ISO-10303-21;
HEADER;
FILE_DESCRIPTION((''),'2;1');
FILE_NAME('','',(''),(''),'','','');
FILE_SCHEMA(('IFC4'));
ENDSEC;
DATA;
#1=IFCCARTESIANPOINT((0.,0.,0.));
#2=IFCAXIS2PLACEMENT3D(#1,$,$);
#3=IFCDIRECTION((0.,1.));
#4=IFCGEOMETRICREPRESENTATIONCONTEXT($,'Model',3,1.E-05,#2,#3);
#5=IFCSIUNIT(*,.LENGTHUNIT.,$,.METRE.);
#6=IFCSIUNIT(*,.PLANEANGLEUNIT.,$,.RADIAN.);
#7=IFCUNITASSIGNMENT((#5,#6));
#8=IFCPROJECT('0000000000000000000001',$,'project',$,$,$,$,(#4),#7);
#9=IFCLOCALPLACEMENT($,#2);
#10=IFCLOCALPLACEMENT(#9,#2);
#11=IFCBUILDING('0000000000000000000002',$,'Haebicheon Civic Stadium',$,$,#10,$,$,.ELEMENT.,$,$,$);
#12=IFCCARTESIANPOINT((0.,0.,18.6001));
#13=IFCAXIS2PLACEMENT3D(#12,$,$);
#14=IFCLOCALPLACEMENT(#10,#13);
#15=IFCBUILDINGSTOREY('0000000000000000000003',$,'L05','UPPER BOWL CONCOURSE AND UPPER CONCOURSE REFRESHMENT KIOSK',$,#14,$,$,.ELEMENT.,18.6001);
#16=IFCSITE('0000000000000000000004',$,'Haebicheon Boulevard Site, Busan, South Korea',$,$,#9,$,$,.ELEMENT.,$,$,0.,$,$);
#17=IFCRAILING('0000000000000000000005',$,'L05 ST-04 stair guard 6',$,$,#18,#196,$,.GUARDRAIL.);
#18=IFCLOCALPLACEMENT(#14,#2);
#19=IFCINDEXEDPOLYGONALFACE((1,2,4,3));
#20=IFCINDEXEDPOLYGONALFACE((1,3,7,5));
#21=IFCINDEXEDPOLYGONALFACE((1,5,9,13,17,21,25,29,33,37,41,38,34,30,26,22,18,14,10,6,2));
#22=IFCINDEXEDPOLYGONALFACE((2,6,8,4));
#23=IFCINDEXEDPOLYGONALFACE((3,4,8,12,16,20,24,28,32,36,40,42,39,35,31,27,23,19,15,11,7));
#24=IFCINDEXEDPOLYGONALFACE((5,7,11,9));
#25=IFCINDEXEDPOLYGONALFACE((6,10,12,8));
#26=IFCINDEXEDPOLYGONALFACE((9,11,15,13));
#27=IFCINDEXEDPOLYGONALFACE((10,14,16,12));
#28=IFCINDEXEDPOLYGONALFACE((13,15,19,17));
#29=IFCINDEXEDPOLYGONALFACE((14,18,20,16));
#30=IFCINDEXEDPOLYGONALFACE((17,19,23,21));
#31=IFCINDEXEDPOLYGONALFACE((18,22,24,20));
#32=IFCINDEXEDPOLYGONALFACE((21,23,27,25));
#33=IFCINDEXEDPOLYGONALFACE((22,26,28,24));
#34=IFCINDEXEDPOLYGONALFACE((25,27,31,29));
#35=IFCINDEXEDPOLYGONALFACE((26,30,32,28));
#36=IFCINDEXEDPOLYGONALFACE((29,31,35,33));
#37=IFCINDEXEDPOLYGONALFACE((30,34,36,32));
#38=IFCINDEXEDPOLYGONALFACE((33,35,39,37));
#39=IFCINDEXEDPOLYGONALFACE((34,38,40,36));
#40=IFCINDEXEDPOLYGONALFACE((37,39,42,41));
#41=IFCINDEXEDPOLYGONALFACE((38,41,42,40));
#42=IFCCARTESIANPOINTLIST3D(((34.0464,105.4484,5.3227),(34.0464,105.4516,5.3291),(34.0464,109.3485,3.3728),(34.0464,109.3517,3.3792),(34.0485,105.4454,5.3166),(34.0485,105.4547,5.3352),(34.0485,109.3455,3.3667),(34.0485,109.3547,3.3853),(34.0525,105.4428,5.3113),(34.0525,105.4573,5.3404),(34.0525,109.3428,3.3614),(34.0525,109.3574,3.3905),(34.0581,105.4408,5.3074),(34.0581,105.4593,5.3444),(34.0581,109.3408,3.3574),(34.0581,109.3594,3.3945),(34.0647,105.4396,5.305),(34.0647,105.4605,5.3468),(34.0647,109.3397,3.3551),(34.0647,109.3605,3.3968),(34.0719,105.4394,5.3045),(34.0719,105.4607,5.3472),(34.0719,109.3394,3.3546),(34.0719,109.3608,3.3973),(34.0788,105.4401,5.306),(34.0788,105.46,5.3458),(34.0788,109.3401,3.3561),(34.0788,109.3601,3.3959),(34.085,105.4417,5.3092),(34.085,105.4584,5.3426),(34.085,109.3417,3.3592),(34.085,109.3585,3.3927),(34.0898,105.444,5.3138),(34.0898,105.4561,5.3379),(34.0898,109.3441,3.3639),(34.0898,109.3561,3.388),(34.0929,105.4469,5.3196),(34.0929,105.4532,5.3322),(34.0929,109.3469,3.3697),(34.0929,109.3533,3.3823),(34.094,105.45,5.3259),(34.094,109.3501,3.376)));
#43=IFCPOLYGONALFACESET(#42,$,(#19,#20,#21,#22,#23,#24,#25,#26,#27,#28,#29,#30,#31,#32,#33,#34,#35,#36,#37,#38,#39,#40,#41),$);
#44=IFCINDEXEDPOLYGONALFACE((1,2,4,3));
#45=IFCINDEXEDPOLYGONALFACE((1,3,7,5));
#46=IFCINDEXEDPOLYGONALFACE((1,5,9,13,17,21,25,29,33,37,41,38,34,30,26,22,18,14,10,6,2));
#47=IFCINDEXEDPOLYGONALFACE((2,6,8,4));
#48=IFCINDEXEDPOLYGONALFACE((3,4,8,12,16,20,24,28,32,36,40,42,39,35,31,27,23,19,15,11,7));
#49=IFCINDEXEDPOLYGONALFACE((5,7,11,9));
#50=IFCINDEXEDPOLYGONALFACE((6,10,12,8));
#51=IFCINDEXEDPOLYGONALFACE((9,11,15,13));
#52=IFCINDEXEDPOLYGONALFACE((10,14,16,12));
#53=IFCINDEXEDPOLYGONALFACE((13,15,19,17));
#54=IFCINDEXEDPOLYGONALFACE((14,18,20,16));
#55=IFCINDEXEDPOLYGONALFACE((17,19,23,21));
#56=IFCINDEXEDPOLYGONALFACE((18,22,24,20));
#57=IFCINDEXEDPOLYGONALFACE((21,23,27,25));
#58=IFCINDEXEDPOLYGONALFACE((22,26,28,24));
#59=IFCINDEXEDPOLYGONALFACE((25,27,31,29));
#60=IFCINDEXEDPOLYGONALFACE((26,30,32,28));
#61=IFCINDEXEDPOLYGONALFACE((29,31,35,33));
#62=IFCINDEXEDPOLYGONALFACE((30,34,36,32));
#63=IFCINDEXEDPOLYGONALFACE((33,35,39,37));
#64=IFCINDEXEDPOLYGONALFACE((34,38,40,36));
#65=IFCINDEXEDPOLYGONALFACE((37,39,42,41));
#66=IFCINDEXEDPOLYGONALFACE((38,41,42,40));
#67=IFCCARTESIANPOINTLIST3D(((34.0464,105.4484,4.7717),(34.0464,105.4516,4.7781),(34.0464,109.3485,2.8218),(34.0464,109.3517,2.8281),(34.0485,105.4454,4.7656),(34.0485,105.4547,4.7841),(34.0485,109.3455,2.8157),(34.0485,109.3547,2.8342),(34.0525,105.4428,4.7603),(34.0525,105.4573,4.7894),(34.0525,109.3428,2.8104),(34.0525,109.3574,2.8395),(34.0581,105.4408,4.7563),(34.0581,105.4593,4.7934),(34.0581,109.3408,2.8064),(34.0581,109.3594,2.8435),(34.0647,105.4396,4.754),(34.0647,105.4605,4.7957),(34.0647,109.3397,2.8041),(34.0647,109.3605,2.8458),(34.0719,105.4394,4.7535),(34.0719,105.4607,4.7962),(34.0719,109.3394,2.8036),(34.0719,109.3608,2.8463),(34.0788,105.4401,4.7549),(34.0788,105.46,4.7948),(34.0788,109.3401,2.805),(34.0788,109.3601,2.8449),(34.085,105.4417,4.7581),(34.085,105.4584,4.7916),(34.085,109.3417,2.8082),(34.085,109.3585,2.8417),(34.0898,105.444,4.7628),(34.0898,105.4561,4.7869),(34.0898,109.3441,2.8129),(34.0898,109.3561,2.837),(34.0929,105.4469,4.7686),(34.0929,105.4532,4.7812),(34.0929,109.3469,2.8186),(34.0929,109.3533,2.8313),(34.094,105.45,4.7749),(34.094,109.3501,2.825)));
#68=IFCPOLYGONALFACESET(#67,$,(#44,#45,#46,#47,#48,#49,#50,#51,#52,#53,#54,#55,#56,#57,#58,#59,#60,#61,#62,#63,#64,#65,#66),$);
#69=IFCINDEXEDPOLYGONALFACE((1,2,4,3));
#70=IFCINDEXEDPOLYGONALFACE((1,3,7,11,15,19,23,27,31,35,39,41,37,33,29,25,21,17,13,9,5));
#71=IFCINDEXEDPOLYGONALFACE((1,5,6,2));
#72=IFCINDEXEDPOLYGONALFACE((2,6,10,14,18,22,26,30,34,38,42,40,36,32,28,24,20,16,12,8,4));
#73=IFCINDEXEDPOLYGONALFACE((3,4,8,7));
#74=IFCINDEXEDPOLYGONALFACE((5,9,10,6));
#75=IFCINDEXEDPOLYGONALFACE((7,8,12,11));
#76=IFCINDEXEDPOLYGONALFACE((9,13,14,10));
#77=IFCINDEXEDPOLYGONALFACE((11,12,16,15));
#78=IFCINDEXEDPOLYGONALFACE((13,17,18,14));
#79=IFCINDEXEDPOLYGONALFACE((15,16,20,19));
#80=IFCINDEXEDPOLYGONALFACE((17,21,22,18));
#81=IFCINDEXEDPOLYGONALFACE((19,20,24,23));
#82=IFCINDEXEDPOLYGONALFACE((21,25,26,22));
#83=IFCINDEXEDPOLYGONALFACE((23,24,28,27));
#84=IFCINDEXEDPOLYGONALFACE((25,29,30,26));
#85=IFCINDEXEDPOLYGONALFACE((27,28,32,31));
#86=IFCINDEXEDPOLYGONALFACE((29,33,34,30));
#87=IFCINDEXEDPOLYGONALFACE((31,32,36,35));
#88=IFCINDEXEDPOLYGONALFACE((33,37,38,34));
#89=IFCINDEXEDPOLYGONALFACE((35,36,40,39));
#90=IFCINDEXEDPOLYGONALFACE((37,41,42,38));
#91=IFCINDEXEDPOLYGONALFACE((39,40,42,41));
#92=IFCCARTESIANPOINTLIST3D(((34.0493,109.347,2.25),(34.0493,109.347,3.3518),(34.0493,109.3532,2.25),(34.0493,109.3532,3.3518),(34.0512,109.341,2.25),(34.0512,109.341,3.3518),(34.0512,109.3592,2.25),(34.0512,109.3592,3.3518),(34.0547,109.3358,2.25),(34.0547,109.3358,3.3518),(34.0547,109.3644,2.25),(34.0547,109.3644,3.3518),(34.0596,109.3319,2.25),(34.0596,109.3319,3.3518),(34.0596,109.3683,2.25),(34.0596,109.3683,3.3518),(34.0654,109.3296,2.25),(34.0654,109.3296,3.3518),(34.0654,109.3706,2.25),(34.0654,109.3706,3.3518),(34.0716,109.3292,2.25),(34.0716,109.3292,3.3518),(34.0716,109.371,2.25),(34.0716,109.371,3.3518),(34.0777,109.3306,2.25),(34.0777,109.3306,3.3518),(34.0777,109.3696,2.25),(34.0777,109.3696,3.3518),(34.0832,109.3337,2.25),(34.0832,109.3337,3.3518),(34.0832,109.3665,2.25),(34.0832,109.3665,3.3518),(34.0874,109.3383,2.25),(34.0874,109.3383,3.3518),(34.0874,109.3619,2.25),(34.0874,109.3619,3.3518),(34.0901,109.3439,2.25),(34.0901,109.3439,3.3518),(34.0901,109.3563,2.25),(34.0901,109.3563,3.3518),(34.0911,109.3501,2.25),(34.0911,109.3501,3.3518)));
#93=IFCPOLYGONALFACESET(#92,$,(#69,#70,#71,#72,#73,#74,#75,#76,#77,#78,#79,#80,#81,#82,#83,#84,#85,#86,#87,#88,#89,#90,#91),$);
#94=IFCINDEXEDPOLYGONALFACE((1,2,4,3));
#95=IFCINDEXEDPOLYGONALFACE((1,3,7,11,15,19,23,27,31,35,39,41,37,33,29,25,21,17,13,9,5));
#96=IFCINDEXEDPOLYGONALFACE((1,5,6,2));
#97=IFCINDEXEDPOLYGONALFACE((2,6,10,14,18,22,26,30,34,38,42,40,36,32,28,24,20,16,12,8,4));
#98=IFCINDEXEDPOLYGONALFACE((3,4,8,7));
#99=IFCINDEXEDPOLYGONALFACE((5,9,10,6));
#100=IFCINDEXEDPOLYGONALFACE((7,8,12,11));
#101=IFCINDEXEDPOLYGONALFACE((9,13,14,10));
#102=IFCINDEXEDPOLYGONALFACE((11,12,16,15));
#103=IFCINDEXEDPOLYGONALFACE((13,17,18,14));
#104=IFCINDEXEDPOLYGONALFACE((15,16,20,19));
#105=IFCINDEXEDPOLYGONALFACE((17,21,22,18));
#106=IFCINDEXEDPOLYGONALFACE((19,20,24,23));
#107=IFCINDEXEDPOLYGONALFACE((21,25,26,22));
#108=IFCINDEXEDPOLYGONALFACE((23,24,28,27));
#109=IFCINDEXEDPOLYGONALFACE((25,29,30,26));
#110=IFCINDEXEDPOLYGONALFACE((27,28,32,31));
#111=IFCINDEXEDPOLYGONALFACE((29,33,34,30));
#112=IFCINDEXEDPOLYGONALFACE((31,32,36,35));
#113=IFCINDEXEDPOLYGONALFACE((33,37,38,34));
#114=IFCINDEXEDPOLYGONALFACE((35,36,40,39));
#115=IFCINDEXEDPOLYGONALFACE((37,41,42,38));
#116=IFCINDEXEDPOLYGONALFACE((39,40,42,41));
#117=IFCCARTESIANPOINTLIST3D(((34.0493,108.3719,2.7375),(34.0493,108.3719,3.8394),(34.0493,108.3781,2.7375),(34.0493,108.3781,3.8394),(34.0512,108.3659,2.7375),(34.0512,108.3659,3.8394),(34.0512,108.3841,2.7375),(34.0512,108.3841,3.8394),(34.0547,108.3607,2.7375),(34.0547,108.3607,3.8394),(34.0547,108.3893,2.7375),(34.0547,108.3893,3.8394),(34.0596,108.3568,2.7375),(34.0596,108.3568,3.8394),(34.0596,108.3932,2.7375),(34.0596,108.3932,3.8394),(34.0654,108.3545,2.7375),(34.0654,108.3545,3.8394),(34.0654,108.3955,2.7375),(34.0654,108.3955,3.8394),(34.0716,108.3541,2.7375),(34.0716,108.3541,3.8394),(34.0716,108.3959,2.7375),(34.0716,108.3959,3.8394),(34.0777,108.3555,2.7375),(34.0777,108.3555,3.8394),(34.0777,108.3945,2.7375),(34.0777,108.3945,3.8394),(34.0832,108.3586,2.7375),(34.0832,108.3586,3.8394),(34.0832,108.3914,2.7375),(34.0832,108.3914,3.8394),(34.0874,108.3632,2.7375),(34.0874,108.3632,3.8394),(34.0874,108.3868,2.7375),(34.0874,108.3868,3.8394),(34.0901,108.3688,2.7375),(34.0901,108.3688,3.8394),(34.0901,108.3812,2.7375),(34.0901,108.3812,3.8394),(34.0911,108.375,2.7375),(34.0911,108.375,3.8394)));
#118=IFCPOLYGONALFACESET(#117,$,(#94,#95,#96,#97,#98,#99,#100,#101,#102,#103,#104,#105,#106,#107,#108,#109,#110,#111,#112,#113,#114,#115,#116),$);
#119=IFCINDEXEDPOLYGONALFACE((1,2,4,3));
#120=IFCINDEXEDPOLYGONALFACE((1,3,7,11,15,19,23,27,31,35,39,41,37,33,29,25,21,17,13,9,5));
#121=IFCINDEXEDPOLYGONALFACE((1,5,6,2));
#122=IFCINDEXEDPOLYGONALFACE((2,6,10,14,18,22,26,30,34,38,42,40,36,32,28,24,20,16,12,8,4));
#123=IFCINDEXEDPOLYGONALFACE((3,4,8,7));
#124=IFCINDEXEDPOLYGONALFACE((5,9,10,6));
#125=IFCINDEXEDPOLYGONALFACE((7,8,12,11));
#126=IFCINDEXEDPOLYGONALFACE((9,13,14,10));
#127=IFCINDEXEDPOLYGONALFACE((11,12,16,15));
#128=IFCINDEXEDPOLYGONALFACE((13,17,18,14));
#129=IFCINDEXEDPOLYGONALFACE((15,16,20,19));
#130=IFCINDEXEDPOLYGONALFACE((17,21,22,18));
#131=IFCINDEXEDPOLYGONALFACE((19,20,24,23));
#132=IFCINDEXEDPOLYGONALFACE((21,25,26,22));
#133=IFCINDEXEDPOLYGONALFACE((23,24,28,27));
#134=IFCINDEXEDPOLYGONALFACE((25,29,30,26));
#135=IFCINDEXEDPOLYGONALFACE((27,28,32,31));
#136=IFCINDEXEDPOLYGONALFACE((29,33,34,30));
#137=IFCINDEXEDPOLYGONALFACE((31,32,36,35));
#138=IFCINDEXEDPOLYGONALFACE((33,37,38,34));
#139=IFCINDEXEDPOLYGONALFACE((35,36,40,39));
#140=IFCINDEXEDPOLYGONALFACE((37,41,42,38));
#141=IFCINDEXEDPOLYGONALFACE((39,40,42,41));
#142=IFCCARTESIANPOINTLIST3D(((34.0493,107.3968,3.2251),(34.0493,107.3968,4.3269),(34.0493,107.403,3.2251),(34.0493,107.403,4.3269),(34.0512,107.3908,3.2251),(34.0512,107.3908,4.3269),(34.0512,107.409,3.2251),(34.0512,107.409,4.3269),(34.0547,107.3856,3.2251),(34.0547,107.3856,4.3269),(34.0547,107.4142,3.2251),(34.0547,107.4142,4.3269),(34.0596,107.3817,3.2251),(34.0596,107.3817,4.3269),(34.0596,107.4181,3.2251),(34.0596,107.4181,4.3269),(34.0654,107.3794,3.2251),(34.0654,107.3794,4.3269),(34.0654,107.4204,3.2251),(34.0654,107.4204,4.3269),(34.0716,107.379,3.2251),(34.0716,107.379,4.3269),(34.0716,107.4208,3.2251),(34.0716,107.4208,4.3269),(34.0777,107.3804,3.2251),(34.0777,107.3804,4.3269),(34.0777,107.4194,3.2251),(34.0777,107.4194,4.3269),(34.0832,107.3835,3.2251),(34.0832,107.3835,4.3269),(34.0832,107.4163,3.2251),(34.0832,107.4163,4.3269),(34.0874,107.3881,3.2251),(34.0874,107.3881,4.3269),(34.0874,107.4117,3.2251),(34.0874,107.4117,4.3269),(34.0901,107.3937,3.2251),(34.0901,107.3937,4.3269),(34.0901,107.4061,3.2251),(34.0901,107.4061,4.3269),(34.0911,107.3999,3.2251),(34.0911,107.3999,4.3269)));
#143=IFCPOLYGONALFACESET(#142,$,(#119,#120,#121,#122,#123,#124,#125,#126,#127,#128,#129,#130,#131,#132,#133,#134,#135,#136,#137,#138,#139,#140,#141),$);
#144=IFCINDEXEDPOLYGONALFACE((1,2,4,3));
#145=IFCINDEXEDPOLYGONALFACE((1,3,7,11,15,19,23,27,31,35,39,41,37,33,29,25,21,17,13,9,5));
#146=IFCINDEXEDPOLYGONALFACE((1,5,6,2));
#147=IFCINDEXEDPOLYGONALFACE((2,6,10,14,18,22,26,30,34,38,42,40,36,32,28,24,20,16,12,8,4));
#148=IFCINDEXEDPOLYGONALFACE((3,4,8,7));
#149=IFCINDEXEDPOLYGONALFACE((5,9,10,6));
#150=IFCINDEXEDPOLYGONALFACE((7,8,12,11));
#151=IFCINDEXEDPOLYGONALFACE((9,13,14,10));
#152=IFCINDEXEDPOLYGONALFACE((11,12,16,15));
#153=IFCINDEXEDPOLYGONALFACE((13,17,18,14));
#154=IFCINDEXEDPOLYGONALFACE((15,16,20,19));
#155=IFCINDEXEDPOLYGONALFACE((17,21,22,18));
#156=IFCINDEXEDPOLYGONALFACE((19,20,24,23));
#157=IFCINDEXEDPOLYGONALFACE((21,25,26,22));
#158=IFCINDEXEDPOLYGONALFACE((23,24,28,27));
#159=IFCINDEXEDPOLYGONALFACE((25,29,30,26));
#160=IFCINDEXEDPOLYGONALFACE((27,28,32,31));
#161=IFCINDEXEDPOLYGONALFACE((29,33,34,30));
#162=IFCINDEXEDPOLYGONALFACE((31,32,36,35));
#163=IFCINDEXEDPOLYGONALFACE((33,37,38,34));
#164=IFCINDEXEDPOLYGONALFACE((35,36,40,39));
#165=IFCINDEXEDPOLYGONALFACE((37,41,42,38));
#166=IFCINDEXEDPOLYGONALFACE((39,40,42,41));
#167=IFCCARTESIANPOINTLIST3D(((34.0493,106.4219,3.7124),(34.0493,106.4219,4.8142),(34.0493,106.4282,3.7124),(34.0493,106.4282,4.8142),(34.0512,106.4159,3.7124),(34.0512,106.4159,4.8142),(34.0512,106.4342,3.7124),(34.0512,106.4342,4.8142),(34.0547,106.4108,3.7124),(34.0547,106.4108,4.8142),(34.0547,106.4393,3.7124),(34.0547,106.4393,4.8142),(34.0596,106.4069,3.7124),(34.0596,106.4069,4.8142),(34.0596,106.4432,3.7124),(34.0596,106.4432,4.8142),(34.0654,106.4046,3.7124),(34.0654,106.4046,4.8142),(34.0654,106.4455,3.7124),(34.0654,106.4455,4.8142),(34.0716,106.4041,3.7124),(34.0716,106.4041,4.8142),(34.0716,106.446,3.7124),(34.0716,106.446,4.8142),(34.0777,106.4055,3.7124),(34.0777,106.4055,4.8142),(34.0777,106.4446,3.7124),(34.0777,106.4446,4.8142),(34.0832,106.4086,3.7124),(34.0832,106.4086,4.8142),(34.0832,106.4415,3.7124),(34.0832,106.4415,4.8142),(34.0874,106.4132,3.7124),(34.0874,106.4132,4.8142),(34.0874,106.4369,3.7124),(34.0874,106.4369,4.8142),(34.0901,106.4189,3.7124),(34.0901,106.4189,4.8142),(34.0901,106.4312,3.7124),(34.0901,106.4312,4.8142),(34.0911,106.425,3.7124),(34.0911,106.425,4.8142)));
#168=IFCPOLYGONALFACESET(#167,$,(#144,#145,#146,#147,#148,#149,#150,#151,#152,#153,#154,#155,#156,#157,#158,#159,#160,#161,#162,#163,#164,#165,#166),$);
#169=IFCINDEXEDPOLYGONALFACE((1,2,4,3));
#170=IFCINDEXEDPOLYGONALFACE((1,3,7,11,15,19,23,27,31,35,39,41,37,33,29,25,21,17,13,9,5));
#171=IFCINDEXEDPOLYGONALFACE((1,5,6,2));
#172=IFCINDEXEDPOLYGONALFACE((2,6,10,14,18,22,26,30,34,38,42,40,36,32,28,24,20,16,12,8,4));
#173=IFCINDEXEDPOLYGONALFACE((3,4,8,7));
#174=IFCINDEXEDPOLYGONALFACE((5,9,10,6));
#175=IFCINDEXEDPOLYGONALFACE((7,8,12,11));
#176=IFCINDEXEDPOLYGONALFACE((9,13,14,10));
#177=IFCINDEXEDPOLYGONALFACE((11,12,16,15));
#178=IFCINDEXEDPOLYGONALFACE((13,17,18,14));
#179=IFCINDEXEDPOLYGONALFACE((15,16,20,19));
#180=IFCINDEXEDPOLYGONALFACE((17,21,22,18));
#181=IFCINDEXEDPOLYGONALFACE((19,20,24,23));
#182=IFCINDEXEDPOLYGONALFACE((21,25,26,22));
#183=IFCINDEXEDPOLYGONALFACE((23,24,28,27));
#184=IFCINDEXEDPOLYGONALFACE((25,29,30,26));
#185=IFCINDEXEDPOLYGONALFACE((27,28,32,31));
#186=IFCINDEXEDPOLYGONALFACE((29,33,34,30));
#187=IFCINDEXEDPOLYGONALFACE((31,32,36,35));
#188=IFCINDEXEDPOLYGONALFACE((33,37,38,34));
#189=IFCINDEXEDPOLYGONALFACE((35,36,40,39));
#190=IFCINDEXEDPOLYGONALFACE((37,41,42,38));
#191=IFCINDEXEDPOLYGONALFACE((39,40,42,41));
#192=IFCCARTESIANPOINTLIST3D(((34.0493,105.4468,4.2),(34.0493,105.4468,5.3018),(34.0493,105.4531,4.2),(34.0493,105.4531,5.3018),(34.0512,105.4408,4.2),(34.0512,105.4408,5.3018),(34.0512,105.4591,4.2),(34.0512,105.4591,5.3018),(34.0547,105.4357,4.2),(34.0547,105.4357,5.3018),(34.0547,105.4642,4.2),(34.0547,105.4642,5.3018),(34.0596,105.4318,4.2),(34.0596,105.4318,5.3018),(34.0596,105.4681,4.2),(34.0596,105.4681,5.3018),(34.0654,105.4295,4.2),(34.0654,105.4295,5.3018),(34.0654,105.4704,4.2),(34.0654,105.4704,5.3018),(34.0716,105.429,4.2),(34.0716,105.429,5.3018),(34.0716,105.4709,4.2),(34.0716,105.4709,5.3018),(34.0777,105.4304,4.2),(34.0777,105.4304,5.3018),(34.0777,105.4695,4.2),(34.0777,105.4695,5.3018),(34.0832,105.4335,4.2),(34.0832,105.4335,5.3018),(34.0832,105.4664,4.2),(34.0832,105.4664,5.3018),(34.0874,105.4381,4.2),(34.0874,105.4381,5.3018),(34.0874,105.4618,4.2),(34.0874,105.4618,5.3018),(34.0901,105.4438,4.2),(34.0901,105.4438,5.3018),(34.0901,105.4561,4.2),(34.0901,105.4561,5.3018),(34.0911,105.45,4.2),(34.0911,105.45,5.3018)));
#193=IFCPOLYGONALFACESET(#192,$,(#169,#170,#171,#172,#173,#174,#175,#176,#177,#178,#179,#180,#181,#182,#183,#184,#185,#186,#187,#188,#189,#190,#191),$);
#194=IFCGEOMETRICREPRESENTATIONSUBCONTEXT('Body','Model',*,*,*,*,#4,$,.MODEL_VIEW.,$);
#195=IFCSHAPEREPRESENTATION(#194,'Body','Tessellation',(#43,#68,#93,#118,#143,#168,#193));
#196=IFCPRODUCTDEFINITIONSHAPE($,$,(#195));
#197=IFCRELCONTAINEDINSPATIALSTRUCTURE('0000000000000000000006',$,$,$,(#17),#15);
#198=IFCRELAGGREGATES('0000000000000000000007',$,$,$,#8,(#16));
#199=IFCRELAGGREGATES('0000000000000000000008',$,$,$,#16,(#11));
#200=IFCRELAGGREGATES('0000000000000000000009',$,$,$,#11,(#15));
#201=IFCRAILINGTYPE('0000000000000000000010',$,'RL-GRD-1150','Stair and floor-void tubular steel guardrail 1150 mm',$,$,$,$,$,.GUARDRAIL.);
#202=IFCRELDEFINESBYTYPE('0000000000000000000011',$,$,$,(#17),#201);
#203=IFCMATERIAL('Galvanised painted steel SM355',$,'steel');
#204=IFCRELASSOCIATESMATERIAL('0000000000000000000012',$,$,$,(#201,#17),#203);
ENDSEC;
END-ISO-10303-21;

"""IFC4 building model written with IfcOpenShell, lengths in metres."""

from ifc_helpers import new_model, si_unit, direction, frame, origin, origin_2d, place, context, subcontext, project, spatial, circle, extrude, material, type_object, element, save


model = new_model("IFC4")

# Units and contexts
model_context = context("Model", 3, precision=1e-05, world=origin(), true_north=direction((0.0, 1.0)))
body_context = subcontext(model_context, "Body", "Model", "MODEL_VIEW")
ifc_project = project(units=[si_unit("LENGTHUNIT", "METRE"), si_unit("PLANEANGLEUNIT", "RADIAN")], contexts=[model_context])

# Site, building, storey
site_placement = place(None, origin())
site = spatial("IfcSite", under=ifc_project, at=site_placement, Name="Haebicheon Boulevard Site, Busan, South Korea", CompositionType="ELEMENT", RefElevation=0.0)
building_placement = place(site_placement, origin())
building = spatial("IfcBuilding", under=site, at=building_placement, Name="Haebicheon Civic Stadium", CompositionType="ELEMENT")
storey_placement = place(building_placement, frame((0.0, 0.0, 18.6001)))
storey = spatial("IfcBuildingStorey", under=building, at=storey_placement, Name="L05", Description="UPPER BOWL CONCOURSE AND UPPER CONCOURSE REFRESHMENT KIOSK", CompositionType="ELEMENT", Elevation=18.6001)

# Railing
ifc_material_1 = material(Name="Galvanised painted steel SM355", Category="steel")
railing_type_1 = type_object("IfcRailingType", Name="RL-GRD-1150", Description="Stair and floor-void tubular steel guardrail 1150 mm", PredefinedType="GUARDRAIL", material=ifc_material_1)
railing_1_placement = place(storey_placement, frame((34.0701, 109.3501, 2.25)))
element("IfcRailing", 1, at=railing_1_placement, inside=storey, type_object=railing_type_1, material=ifc_material_1, Name="L05 ST-04 stair guard 6", PredefinedType="GUARDRAIL", context=body_context, shape_type="SweptSolid", body=[
    extrude(circle(Radius=0.0239, at=origin_2d()), frame((0.0, 0.0, 1.126), z_axis=(0.0, -0.894438, 0.447191), x_axis=(1.0, 0.0, 0.0)), (0.0, 0.0, 1.0), 4.3604),
    extrude(circle(Radius=0.0239, at=origin_2d()), frame((0.0, 0.0, 0.575), z_axis=(0.0, -0.894438, 0.447191), x_axis=(1.0, 0.0, 0.0)), (0.0, 0.0, 1.0), 4.3604),
    extrude(circle(Radius=0.021, at=origin_2d()), origin(), (0.0, 0.0, 1.0), 1.1018),
    extrude(circle(Radius=0.021, at=origin_2d()), frame((0.0, -0.9751, 0.4875)), (0.0, 0.0, 1.0), 1.1018),
    extrude(circle(Radius=0.021, at=origin_2d()), frame((0.0, -1.9502, 0.9751)), (0.0, 0.0, 1.0), 1.1018),
    extrude(circle(Radius=0.021, at=origin_2d()), frame((0.0, -2.925, 1.4624)), (0.0, 0.0, 1.0), 1.1018),
    extrude(circle(Radius=0.021, at=origin_2d()), frame((0.0, -3.9001, 1.95)), (0.0, 0.0, 1.0), 1.1018),
])

save(model, "model.ifc")
